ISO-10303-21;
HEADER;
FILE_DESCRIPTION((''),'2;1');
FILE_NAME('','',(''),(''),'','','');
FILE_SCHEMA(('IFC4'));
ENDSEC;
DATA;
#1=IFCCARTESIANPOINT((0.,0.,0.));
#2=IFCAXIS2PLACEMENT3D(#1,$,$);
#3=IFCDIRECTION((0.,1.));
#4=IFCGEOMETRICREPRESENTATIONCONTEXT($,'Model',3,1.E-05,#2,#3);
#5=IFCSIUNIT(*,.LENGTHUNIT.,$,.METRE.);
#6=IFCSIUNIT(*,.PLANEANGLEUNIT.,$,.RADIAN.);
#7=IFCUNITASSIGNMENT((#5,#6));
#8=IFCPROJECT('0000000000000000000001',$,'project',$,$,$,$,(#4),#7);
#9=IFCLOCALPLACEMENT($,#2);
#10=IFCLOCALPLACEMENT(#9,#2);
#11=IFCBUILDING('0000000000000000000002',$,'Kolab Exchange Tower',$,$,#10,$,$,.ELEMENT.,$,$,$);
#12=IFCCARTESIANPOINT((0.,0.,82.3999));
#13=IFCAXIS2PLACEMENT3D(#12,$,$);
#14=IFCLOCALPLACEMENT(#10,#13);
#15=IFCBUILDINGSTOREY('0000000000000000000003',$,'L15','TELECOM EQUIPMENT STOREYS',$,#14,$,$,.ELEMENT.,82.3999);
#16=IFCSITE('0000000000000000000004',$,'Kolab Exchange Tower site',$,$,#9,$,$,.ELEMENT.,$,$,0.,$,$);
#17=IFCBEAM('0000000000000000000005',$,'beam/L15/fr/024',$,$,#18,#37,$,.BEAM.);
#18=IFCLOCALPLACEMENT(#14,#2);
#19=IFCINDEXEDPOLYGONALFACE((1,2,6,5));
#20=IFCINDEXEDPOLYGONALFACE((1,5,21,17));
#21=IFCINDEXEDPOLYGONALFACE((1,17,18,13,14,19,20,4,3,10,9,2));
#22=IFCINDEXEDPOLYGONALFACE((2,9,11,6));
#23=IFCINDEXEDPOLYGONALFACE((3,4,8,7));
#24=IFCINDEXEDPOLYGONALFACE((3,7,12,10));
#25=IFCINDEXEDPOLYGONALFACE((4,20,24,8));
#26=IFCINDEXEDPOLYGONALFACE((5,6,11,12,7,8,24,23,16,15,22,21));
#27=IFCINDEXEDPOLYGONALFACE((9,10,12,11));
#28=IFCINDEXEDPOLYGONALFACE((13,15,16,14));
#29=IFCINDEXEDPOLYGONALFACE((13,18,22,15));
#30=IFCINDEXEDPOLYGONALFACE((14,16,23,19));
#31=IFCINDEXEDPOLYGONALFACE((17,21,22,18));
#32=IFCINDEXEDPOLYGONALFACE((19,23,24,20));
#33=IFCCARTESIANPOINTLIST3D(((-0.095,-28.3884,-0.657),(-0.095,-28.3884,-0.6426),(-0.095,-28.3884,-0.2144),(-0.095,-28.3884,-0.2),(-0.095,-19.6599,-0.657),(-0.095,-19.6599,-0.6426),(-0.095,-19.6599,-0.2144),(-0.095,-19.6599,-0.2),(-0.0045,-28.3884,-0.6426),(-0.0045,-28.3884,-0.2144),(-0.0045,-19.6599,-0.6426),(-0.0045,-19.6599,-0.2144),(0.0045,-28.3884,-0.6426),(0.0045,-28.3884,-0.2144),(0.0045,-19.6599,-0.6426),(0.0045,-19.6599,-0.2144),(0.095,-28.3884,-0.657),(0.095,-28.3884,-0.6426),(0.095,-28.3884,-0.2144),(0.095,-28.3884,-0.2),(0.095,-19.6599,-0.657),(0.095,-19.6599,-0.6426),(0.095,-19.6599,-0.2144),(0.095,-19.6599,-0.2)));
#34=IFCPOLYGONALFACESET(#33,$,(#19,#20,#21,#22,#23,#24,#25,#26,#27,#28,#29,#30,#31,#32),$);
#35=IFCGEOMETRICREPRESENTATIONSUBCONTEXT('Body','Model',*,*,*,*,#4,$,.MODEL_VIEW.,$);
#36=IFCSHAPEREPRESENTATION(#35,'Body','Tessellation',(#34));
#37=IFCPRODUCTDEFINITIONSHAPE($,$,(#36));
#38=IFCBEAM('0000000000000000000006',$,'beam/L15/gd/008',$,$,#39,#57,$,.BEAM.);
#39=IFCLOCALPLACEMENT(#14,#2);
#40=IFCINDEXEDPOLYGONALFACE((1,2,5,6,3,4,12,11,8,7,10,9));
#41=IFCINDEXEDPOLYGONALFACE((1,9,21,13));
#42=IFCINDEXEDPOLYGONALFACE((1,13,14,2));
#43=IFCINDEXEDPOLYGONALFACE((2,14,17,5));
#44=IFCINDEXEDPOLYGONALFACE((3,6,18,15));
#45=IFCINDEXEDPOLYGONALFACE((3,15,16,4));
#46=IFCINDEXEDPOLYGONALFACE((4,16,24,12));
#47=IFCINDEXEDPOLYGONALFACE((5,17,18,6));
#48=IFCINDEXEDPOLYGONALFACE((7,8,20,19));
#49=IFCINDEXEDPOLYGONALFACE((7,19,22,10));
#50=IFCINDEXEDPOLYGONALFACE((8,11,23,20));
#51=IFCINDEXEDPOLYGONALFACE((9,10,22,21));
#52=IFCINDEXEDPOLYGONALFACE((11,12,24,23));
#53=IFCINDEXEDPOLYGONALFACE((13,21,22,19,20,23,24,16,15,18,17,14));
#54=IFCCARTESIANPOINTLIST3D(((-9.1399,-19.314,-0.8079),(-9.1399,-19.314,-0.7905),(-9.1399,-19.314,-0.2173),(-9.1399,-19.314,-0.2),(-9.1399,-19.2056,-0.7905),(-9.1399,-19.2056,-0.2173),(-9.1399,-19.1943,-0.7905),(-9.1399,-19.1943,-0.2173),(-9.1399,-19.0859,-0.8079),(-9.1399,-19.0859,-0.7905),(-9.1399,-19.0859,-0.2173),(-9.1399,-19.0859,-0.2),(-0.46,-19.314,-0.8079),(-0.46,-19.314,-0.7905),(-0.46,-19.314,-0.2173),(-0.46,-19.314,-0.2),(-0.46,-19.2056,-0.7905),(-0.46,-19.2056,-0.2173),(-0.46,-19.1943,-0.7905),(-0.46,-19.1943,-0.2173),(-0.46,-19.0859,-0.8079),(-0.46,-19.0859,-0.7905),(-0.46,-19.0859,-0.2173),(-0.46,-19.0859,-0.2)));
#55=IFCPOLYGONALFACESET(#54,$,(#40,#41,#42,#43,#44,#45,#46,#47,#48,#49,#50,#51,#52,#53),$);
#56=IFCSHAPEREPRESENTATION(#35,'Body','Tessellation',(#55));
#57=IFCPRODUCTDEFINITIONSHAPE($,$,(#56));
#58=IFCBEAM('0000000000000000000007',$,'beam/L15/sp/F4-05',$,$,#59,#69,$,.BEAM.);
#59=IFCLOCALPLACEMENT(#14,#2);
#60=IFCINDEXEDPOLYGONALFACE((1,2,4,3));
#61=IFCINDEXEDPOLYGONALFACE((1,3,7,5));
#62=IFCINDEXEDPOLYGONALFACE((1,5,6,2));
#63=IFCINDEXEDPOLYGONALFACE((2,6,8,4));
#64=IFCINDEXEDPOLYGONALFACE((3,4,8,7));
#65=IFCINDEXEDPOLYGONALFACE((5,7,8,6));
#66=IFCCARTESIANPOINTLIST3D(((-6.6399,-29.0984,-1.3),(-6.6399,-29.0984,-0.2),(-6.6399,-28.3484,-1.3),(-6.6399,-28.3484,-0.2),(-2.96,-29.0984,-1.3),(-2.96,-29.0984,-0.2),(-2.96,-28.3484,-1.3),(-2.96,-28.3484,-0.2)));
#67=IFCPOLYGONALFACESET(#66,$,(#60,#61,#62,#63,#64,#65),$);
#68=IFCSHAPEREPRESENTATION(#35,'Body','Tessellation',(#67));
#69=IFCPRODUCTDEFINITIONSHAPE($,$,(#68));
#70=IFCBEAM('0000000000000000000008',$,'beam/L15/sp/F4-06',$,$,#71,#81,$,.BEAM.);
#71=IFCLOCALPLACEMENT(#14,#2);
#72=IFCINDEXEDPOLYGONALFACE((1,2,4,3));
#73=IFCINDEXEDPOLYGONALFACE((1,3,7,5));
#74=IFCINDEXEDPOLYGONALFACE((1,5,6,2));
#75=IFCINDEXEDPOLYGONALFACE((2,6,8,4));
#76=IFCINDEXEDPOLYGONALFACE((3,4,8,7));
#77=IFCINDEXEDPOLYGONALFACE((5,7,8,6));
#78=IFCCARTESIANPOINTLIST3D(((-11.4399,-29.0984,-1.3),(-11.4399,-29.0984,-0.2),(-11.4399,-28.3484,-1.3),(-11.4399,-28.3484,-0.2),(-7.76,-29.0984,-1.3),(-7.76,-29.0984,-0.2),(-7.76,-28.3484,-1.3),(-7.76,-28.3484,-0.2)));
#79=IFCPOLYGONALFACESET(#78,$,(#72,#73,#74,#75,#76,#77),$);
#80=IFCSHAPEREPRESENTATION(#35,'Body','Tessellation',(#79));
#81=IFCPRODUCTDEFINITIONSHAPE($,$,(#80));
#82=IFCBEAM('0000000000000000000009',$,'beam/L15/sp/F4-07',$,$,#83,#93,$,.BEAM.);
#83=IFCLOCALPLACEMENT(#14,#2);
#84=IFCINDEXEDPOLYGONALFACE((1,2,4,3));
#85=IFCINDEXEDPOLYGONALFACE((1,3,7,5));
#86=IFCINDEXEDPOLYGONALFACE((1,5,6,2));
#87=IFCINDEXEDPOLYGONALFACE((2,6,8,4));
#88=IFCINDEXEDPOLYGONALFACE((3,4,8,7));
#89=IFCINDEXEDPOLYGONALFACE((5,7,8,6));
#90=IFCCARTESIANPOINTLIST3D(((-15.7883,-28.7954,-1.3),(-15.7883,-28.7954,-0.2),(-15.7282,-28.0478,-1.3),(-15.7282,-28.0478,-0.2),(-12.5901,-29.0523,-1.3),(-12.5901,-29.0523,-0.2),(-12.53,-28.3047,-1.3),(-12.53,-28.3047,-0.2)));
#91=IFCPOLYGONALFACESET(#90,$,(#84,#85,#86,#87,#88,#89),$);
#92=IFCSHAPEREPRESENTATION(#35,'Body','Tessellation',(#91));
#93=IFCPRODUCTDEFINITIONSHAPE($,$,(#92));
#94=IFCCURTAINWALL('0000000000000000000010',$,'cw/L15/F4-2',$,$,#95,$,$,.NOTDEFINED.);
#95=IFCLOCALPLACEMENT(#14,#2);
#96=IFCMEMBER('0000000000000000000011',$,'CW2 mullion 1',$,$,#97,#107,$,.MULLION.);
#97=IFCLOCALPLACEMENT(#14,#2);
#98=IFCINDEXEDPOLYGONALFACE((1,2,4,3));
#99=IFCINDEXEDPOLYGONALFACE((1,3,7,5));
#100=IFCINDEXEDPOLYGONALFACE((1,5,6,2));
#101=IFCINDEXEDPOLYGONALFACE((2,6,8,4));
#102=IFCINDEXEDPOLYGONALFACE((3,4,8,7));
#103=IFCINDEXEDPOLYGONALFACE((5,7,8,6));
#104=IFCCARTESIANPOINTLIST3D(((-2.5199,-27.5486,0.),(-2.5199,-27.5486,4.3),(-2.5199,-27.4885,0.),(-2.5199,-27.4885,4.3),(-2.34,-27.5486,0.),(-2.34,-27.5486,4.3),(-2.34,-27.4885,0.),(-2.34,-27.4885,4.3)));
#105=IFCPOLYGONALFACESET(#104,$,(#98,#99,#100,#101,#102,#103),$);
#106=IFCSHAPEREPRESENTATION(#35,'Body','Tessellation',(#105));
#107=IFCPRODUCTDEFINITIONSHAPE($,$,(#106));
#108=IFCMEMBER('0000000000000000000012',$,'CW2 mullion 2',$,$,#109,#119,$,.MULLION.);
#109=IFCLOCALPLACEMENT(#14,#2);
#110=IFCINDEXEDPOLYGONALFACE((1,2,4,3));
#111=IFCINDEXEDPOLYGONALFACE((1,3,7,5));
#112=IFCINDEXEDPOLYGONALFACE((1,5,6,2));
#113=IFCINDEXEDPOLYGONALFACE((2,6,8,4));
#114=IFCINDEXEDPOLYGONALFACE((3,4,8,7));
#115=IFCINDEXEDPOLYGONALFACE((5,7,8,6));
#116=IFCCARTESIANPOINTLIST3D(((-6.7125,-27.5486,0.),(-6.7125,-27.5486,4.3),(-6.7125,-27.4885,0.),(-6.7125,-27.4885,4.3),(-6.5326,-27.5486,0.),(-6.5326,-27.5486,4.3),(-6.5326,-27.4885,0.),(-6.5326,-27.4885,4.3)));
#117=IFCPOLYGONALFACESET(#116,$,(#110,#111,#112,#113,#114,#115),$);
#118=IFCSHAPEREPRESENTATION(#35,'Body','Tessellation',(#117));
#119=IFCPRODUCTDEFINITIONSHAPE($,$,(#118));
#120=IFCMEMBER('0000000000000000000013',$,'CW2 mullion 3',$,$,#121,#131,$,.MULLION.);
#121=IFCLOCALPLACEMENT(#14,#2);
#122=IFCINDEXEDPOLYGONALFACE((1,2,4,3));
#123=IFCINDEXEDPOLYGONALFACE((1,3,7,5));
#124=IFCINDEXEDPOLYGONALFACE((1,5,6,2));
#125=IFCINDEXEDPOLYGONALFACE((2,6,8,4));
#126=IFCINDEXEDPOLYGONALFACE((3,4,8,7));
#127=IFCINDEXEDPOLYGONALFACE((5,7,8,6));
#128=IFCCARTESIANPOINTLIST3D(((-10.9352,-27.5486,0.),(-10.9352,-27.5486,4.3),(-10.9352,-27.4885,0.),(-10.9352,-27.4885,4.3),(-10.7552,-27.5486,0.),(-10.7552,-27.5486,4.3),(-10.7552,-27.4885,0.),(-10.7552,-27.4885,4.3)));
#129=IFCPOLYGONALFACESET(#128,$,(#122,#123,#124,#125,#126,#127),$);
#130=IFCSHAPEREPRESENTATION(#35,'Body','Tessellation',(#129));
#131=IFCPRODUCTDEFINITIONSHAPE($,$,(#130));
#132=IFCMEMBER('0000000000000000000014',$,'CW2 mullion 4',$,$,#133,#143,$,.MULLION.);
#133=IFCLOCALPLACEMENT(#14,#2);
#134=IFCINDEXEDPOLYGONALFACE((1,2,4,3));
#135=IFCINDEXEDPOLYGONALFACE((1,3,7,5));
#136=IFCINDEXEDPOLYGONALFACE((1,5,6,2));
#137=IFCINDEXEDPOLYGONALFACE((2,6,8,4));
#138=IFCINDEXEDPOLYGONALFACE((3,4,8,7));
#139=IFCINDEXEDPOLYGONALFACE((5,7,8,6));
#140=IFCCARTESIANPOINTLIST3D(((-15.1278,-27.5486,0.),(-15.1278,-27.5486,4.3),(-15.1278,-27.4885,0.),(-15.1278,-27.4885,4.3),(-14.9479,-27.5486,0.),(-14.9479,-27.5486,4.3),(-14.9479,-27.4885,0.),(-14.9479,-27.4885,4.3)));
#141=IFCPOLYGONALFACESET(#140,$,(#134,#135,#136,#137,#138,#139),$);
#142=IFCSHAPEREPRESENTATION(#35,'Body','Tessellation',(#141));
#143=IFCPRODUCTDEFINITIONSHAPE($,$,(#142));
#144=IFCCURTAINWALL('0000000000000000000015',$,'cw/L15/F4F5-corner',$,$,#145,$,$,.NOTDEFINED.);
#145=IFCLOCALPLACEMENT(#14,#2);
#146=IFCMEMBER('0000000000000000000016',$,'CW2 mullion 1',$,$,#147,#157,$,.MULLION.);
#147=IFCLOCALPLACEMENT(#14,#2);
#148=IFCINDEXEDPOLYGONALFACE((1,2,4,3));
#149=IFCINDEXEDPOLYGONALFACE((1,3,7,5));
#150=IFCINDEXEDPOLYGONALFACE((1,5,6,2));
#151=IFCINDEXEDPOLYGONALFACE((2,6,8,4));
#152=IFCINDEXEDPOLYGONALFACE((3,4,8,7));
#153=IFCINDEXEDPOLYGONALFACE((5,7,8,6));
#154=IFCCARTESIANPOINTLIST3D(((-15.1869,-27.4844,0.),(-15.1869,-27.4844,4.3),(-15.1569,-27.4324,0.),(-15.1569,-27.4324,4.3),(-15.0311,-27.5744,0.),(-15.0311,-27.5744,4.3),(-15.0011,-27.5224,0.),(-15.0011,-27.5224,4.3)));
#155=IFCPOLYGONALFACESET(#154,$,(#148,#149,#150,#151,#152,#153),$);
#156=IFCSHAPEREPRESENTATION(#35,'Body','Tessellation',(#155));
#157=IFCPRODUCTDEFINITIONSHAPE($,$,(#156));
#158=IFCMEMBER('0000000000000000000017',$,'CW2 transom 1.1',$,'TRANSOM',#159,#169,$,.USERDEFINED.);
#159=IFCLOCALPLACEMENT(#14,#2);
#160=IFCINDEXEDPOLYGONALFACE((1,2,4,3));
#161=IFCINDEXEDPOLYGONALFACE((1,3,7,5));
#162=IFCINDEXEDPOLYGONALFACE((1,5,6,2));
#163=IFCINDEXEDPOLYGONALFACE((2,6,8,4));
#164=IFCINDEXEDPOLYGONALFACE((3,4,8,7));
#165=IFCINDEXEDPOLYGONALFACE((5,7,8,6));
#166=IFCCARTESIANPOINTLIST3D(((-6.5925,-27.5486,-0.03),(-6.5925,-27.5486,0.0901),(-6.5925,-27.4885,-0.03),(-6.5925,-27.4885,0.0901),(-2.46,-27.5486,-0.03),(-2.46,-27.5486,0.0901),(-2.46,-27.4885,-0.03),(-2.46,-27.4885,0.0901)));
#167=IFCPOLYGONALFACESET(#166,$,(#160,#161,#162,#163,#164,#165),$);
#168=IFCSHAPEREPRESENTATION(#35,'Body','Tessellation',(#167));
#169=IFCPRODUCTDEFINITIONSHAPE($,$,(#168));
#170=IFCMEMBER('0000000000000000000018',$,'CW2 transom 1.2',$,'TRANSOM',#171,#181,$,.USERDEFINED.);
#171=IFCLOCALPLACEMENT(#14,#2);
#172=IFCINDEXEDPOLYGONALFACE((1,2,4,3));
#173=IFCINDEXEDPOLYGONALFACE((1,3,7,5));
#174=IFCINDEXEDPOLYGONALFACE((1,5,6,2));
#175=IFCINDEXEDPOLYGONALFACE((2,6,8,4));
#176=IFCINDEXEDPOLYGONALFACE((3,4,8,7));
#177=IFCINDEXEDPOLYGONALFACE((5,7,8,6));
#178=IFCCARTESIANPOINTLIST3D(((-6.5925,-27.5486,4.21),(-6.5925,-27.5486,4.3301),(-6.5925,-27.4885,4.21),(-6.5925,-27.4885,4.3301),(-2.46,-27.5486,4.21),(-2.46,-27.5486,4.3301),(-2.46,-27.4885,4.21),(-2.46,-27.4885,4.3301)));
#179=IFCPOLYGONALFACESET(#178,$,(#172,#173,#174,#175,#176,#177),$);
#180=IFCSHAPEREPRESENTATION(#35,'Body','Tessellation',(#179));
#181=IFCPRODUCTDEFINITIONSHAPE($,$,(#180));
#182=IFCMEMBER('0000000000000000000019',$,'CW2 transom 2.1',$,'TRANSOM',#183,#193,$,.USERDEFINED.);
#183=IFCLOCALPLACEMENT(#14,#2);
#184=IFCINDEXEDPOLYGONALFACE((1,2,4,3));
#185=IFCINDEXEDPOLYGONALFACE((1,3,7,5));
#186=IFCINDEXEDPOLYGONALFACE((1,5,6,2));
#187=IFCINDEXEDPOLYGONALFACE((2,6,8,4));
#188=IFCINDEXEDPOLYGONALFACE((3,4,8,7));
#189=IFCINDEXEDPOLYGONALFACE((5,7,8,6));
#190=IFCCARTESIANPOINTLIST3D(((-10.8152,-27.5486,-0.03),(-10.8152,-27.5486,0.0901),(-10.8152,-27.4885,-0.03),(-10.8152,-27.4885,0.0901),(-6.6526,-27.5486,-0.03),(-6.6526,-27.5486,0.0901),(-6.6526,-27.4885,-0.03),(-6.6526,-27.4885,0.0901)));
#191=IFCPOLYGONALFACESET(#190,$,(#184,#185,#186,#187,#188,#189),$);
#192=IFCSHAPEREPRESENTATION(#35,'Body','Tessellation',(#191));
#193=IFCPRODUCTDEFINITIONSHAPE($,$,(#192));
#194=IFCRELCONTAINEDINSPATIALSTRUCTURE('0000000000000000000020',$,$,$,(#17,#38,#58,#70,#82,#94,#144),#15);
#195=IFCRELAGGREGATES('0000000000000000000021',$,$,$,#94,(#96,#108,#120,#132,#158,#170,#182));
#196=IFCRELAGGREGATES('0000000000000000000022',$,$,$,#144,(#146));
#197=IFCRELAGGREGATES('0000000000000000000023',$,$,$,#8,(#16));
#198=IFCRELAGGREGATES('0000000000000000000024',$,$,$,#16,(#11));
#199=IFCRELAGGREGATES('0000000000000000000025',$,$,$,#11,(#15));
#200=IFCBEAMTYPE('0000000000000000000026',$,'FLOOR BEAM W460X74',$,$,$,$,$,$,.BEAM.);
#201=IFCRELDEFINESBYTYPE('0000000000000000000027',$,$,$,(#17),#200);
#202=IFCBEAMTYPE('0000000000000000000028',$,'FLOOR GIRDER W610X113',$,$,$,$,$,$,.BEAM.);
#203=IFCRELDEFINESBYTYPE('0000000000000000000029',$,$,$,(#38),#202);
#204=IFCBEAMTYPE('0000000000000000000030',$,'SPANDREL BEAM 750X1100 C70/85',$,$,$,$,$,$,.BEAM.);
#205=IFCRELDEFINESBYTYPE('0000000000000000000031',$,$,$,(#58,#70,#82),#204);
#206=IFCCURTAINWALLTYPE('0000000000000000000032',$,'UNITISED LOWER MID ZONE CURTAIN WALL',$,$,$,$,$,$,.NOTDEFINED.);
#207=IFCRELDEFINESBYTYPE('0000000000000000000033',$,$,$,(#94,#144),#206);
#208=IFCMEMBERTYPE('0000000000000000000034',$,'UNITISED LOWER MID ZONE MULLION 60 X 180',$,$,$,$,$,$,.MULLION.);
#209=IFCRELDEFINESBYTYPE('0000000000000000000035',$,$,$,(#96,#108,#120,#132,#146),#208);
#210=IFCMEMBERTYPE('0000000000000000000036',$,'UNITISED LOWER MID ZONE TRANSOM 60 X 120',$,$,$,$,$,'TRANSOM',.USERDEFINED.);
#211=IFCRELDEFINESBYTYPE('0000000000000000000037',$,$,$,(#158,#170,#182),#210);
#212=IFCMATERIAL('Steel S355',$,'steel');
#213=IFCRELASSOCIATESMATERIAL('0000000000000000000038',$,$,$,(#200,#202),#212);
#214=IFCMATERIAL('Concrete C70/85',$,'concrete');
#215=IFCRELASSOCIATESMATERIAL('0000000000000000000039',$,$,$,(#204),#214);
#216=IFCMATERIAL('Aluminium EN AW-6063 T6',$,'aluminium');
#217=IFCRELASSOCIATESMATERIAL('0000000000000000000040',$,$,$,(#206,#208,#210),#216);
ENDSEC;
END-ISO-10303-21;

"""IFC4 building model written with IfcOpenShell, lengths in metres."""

from ifc_helpers import new_model, si_unit, direction, frame, origin, origin_2d, place, context, subcontext, project, spatial, rectangle, i_section, extrude, material, material_profile, profile_set, type_object, element, aggregate, save


model = new_model("IFC4")

# Units and contexts
model_context = context("Model", 3, precision=1e-05, world=origin(), true_north=direction((0.0, 1.0)))
body_context = subcontext(model_context, "Body", "Model", "MODEL_VIEW")
ifc_project = project(units=[si_unit("LENGTHUNIT", "METRE"), si_unit("PLANEANGLEUNIT", "RADIAN")], contexts=[model_context])

# Site, building, storey
site_placement = place(None, origin())
site = spatial("IfcSite", under=ifc_project, at=site_placement, Name="Kolab Exchange Tower site", CompositionType="ELEMENT", RefElevation=0.0)
building_placement = place(site_placement, origin())
building = spatial("IfcBuilding", under=site, at=building_placement, Name="Kolab Exchange Tower", CompositionType="ELEMENT")
storey_placement = place(building_placement, frame((0.0, 0.0, 82.3999)))
storey = spatial("IfcBuildingStorey", under=building, at=storey_placement, Name="L15", Description="TELECOM EQUIPMENT STOREYS", CompositionType="ELEMENT", Elevation=82.3999)

# Shared definitions
ifc_material_1 = material(Name="Concrete C70/85", Category="concrete")

# Beams
ifc_material_2 = material(Name="Steel S355", Category="steel")
ifc_material_profile_1 = material_profile(ifc_material_2, i_section(OverallWidth=0.1899, OverallDepth=0.457, WebThickness=0.009, FlangeThickness=0.0144, at=origin_2d()), Name="W460X74")
ifc_profile_set_1 = profile_set([ifc_material_profile_1], Name="Steel S355")
beam_type_1 = type_object("IfcBeamType", Name="FLOOR BEAM W460X74", PredefinedType="BEAM", material=ifc_profile_set_1)
beam_1_placement = place(storey_placement, frame((0.0, -28.3884, -0.4285), z_axis=(0.0, 1.0, 0.0), x_axis=(-1.0, 0.0, 0.0)))
element("IfcBeam", 1, at=beam_1_placement, inside=storey, type_object=beam_type_1, Name="beam/L15/fr/024", PredefinedType="BEAM", context=body_context, shape_type="SweptSolid", body=[
    extrude(i_section(OverallWidth=0.1899, OverallDepth=0.457, WebThickness=0.009, FlangeThickness=0.0144, at=origin_2d()), origin(), (0.0, 0.0, 1.0), 8.7285),
])
ifc_material_profile_2 = material_profile(ifc_material_2, i_section(OverallWidth=0.228, OverallDepth=0.6079, WebThickness=0.0112, FlangeThickness=0.0173, at=origin_2d()), Name="W610X113")
ifc_profile_set_2 = profile_set([ifc_material_profile_2], Name="Steel S355")
beam_type_2 = type_object("IfcBeamType", Name="FLOOR GIRDER W610X113", PredefinedType="BEAM", material=ifc_profile_set_2)
beam_2_placement = place(storey_placement, frame((-9.1399, -19.2, -0.5039), z_axis=(1.0, 0.0, 0.0), x_axis=(0.0, 1.0, 0.0)))
element("IfcBeam", 2, at=beam_2_placement, inside=storey, type_object=beam_type_2, Name="beam/L15/gd/008", PredefinedType="BEAM", context=body_context, shape_type="SweptSolid", body=[
    extrude(i_section(OverallWidth=0.228, OverallDepth=0.6079, WebThickness=0.0112, FlangeThickness=0.0173, at=origin_2d()), origin(), (0.0, 0.0, 1.0), 8.6799),
])
ifc_material_profile_3 = material_profile(ifc_material_1, rectangle(XDim=0.75, YDim=1.1001, at=origin_2d()), Name="RC750X1100")
ifc_profile_set_3 = profile_set([ifc_material_profile_3], Name="Concrete C70/85")
beam_type_3 = type_object("IfcBeamType", Name="SPANDREL BEAM 750X1100 C70/85", PredefinedType="BEAM", material=ifc_profile_set_3)
for number, where, z_axis, x_axis, name in (
    (3, (-2.96, -28.7234, -0.75), (-1.0, 0.0, 0.0), (0.0, -1.0, 0.0), "beam/L15/sp/F4-05"),
    (4, (-7.76, -28.7234, -0.75), (-1.0, 0.0, 0.0), (0.0, -1.0, 0.0), "beam/L15/sp/F4-06"),
):
    element("IfcBeam", number, at=place(storey_placement, frame(where, z_axis=z_axis, x_axis=x_axis)), inside=storey, type_object=beam_type_3, Name=name, PredefinedType="BEAM", context=body_context, shape_type="SweptSolid", body=[
        extrude(rectangle(XDim=0.75, YDim=1.1001, at=origin_2d()), origin(), (0.0, 0.0, 1.0), 3.6799),
    ])
beam_3_placement = place(storey_placement, frame((-12.5601, -28.6785, -0.75), z_axis=(-0.996791, 0.080048, 0.0), x_axis=(-0.080048, -0.996791, 0.0)))
element("IfcBeam", 5, at=beam_3_placement, inside=storey, type_object=beam_type_3, Name="beam/L15/sp/F4-07", PredefinedType="BEAM", context=body_context, shape_type="SweptSolid", body=[
    extrude(rectangle(XDim=0.75, YDim=1.1001, at=origin_2d()), origin(), (0.0, 0.0, 1.0), 3.2085),
])

# Curtain wall, members
ifc_material_3 = material(Name="Aluminium EN AW-6063 T6", Category="aluminium")
curtain_wall_type = type_object("IfcCurtainWallType", Name="UNITISED LOWER MID ZONE CURTAIN WALL", PredefinedType="NOTDEFINED", material=ifc_material_3)
curtain_wall_1_placement = place(storey_placement, origin())
curtain_wall_1 = element("IfcCurtainWall", 6, at=curtain_wall_1_placement, inside=storey, type_object=curtain_wall_type, Name="cw/L15/F4-2", PredefinedType="NOTDEFINED")
ifc_material_profile_4 = material_profile(ifc_material_3, rectangle(XDim=0.0601, YDim=0.1799, at=origin_2d()), Name="RECT 60X180")
ifc_profile_set_4 = profile_set([ifc_material_profile_4], Name="Aluminium EN AW-6063 T6")
member_type_1 = type_object("IfcMemberType", Name="UNITISED LOWER MID ZONE MULLION 60 X 180", PredefinedType="MULLION", material=ifc_profile_set_4)
member_1_placement = place(storey_placement, frame((-2.4299, -27.5186, 0.0), z_axis=(0.0, 0.0, 1.0), x_axis=(0.0, -1.0, 0.0)))
member_1 = element("IfcMember", 7, at=member_1_placement, type_object=member_type_1, Name="CW2 mullion 1", PredefinedType="MULLION", context=body_context, shape_type="SweptSolid", body=[
    extrude(rectangle(XDim=0.0601, YDim=0.1799, at=origin_2d()), origin(), (0.0, 0.0, 1.0), 4.3),
])
member_2_placement = place(storey_placement, frame((-6.6226, -27.5186, 0.0), z_axis=(0.0, 0.0, 1.0), x_axis=(0.0, -1.0, 0.0)))
member_2 = element("IfcMember", 8, at=member_2_placement, type_object=member_type_1, Name="CW2 mullion 2", PredefinedType="MULLION", context=body_context, shape_type="SweptSolid", body=[
    extrude(rectangle(XDim=0.0601, YDim=0.1799, at=origin_2d()), origin(), (0.0, 0.0, 1.0), 4.3),
])
member_3_placement = place(storey_placement, frame((-10.8452, -27.5186, 0.0), z_axis=(0.0, 0.0, 1.0), x_axis=(0.0, -1.0, 0.0)))
member_3 = element("IfcMember", 9, at=member_3_placement, type_object=member_type_1, Name="CW2 mullion 3", PredefinedType="MULLION", context=body_context, shape_type="SweptSolid", body=[
    extrude(rectangle(XDim=0.0601, YDim=0.1799, at=origin_2d()), origin(), (0.0, 0.0, 1.0), 4.3),
])
member_4_placement = place(storey_placement, frame((-15.0378, -27.5186, 0.0), z_axis=(0.0, 0.0, 1.0), x_axis=(0.0, -1.0, 0.0)))
member_4 = element("IfcMember", 10, at=member_4_placement, type_object=member_type_1, Name="CW2 mullion 4", PredefinedType="MULLION", context=body_context, shape_type="SweptSolid", body=[
    extrude(rectangle(XDim=0.0601, YDim=0.1799, at=origin_2d()), origin(), (0.0, 0.0, 1.0), 4.3),
])

# Curtain wall, member
curtain_wall_2_placement = place(storey_placement, origin())
curtain_wall_2 = element("IfcCurtainWall", 11, at=curtain_wall_2_placement, inside=storey, type_object=curtain_wall_type, Name="cw/L15/F4F5-corner", PredefinedType="NOTDEFINED")
member_5_placement = place(storey_placement, frame((-15.094, -27.5034, 0.0), z_axis=(0.0, 0.0, 1.0), x_axis=(-0.5, -0.866025, 0.0)))
member_5 = element("IfcMember", 12, at=member_5_placement, type_object=member_type_1, Name="CW2 mullion 1", PredefinedType="MULLION", context=body_context, shape_type="SweptSolid", body=[
    extrude(rectangle(XDim=0.0601, YDim=0.1799, at=origin_2d()), origin(), (0.0, 0.0, 1.0), 4.3),
])

# Members
ifc_material_profile_5 = material_profile(ifc_material_3, rectangle(XDim=0.0601, YDim=0.1201, at=origin_2d()), Name="RECT 60X120")
ifc_profile_set_5 = profile_set([ifc_material_profile_5], Name="Aluminium EN AW-6063 T6")
member_type_2 = type_object("IfcMemberType", Name="UNITISED LOWER MID ZONE TRANSOM 60 X 120", ElementType="TRANSOM", PredefinedType="USERDEFINED", material=ifc_profile_set_5)
member_6_placement = place(storey_placement, frame((-2.46, -27.5186, 0.03), z_axis=(-1.0, 0.0, 0.0), x_axis=(0.0, -1.0, 0.0)))
member_6 = element("IfcMember", 13, at=member_6_placement, type_object=member_type_2, Name="CW2 transom 1.1", ObjectType="TRANSOM", PredefinedType="USERDEFINED", context=body_context, shape_type="SweptSolid", body=[
    extrude(rectangle(XDim=0.0601, YDim=0.1201, at=origin_2d()), origin(), (0.0, 0.0, 1.0), 4.1326),
])
member_7_placement = place(storey_placement, frame((-2.46, -27.5186, 4.27), z_axis=(-1.0, 0.0, 0.0), x_axis=(0.0, -1.0, 0.0)))
member_7 = element("IfcMember", 14, at=member_7_placement, type_object=member_type_2, Name="CW2 transom 1.2", ObjectType="TRANSOM", PredefinedType="USERDEFINED", context=body_context, shape_type="SweptSolid", body=[
    extrude(rectangle(XDim=0.0601, YDim=0.1201, at=origin_2d()), origin(), (0.0, 0.0, 1.0), 4.1326),
])
member_8_placement = place(storey_placement, frame((-6.6526, -27.5186, 0.03), z_axis=(-1.0, 0.0, 0.0), x_axis=(0.0, -1.0, 0.0)))
member_8 = element("IfcMember", 15, at=member_8_placement, type_object=member_type_2, Name="CW2 transom 2.1", ObjectType="TRANSOM", PredefinedType="USERDEFINED", context=body_context, shape_type="SweptSolid", body=[
    extrude(rectangle(XDim=0.0601, YDim=0.1201, at=origin_2d()), origin(), (0.0, 0.0, 1.0), 4.1626),
])

aggregate(curtain_wall_1, [member_1, member_2, member_3, member_4, member_6, member_7, member_8])
aggregate(curtain_wall_2, [member_5])

save(model, "model.ifc")
